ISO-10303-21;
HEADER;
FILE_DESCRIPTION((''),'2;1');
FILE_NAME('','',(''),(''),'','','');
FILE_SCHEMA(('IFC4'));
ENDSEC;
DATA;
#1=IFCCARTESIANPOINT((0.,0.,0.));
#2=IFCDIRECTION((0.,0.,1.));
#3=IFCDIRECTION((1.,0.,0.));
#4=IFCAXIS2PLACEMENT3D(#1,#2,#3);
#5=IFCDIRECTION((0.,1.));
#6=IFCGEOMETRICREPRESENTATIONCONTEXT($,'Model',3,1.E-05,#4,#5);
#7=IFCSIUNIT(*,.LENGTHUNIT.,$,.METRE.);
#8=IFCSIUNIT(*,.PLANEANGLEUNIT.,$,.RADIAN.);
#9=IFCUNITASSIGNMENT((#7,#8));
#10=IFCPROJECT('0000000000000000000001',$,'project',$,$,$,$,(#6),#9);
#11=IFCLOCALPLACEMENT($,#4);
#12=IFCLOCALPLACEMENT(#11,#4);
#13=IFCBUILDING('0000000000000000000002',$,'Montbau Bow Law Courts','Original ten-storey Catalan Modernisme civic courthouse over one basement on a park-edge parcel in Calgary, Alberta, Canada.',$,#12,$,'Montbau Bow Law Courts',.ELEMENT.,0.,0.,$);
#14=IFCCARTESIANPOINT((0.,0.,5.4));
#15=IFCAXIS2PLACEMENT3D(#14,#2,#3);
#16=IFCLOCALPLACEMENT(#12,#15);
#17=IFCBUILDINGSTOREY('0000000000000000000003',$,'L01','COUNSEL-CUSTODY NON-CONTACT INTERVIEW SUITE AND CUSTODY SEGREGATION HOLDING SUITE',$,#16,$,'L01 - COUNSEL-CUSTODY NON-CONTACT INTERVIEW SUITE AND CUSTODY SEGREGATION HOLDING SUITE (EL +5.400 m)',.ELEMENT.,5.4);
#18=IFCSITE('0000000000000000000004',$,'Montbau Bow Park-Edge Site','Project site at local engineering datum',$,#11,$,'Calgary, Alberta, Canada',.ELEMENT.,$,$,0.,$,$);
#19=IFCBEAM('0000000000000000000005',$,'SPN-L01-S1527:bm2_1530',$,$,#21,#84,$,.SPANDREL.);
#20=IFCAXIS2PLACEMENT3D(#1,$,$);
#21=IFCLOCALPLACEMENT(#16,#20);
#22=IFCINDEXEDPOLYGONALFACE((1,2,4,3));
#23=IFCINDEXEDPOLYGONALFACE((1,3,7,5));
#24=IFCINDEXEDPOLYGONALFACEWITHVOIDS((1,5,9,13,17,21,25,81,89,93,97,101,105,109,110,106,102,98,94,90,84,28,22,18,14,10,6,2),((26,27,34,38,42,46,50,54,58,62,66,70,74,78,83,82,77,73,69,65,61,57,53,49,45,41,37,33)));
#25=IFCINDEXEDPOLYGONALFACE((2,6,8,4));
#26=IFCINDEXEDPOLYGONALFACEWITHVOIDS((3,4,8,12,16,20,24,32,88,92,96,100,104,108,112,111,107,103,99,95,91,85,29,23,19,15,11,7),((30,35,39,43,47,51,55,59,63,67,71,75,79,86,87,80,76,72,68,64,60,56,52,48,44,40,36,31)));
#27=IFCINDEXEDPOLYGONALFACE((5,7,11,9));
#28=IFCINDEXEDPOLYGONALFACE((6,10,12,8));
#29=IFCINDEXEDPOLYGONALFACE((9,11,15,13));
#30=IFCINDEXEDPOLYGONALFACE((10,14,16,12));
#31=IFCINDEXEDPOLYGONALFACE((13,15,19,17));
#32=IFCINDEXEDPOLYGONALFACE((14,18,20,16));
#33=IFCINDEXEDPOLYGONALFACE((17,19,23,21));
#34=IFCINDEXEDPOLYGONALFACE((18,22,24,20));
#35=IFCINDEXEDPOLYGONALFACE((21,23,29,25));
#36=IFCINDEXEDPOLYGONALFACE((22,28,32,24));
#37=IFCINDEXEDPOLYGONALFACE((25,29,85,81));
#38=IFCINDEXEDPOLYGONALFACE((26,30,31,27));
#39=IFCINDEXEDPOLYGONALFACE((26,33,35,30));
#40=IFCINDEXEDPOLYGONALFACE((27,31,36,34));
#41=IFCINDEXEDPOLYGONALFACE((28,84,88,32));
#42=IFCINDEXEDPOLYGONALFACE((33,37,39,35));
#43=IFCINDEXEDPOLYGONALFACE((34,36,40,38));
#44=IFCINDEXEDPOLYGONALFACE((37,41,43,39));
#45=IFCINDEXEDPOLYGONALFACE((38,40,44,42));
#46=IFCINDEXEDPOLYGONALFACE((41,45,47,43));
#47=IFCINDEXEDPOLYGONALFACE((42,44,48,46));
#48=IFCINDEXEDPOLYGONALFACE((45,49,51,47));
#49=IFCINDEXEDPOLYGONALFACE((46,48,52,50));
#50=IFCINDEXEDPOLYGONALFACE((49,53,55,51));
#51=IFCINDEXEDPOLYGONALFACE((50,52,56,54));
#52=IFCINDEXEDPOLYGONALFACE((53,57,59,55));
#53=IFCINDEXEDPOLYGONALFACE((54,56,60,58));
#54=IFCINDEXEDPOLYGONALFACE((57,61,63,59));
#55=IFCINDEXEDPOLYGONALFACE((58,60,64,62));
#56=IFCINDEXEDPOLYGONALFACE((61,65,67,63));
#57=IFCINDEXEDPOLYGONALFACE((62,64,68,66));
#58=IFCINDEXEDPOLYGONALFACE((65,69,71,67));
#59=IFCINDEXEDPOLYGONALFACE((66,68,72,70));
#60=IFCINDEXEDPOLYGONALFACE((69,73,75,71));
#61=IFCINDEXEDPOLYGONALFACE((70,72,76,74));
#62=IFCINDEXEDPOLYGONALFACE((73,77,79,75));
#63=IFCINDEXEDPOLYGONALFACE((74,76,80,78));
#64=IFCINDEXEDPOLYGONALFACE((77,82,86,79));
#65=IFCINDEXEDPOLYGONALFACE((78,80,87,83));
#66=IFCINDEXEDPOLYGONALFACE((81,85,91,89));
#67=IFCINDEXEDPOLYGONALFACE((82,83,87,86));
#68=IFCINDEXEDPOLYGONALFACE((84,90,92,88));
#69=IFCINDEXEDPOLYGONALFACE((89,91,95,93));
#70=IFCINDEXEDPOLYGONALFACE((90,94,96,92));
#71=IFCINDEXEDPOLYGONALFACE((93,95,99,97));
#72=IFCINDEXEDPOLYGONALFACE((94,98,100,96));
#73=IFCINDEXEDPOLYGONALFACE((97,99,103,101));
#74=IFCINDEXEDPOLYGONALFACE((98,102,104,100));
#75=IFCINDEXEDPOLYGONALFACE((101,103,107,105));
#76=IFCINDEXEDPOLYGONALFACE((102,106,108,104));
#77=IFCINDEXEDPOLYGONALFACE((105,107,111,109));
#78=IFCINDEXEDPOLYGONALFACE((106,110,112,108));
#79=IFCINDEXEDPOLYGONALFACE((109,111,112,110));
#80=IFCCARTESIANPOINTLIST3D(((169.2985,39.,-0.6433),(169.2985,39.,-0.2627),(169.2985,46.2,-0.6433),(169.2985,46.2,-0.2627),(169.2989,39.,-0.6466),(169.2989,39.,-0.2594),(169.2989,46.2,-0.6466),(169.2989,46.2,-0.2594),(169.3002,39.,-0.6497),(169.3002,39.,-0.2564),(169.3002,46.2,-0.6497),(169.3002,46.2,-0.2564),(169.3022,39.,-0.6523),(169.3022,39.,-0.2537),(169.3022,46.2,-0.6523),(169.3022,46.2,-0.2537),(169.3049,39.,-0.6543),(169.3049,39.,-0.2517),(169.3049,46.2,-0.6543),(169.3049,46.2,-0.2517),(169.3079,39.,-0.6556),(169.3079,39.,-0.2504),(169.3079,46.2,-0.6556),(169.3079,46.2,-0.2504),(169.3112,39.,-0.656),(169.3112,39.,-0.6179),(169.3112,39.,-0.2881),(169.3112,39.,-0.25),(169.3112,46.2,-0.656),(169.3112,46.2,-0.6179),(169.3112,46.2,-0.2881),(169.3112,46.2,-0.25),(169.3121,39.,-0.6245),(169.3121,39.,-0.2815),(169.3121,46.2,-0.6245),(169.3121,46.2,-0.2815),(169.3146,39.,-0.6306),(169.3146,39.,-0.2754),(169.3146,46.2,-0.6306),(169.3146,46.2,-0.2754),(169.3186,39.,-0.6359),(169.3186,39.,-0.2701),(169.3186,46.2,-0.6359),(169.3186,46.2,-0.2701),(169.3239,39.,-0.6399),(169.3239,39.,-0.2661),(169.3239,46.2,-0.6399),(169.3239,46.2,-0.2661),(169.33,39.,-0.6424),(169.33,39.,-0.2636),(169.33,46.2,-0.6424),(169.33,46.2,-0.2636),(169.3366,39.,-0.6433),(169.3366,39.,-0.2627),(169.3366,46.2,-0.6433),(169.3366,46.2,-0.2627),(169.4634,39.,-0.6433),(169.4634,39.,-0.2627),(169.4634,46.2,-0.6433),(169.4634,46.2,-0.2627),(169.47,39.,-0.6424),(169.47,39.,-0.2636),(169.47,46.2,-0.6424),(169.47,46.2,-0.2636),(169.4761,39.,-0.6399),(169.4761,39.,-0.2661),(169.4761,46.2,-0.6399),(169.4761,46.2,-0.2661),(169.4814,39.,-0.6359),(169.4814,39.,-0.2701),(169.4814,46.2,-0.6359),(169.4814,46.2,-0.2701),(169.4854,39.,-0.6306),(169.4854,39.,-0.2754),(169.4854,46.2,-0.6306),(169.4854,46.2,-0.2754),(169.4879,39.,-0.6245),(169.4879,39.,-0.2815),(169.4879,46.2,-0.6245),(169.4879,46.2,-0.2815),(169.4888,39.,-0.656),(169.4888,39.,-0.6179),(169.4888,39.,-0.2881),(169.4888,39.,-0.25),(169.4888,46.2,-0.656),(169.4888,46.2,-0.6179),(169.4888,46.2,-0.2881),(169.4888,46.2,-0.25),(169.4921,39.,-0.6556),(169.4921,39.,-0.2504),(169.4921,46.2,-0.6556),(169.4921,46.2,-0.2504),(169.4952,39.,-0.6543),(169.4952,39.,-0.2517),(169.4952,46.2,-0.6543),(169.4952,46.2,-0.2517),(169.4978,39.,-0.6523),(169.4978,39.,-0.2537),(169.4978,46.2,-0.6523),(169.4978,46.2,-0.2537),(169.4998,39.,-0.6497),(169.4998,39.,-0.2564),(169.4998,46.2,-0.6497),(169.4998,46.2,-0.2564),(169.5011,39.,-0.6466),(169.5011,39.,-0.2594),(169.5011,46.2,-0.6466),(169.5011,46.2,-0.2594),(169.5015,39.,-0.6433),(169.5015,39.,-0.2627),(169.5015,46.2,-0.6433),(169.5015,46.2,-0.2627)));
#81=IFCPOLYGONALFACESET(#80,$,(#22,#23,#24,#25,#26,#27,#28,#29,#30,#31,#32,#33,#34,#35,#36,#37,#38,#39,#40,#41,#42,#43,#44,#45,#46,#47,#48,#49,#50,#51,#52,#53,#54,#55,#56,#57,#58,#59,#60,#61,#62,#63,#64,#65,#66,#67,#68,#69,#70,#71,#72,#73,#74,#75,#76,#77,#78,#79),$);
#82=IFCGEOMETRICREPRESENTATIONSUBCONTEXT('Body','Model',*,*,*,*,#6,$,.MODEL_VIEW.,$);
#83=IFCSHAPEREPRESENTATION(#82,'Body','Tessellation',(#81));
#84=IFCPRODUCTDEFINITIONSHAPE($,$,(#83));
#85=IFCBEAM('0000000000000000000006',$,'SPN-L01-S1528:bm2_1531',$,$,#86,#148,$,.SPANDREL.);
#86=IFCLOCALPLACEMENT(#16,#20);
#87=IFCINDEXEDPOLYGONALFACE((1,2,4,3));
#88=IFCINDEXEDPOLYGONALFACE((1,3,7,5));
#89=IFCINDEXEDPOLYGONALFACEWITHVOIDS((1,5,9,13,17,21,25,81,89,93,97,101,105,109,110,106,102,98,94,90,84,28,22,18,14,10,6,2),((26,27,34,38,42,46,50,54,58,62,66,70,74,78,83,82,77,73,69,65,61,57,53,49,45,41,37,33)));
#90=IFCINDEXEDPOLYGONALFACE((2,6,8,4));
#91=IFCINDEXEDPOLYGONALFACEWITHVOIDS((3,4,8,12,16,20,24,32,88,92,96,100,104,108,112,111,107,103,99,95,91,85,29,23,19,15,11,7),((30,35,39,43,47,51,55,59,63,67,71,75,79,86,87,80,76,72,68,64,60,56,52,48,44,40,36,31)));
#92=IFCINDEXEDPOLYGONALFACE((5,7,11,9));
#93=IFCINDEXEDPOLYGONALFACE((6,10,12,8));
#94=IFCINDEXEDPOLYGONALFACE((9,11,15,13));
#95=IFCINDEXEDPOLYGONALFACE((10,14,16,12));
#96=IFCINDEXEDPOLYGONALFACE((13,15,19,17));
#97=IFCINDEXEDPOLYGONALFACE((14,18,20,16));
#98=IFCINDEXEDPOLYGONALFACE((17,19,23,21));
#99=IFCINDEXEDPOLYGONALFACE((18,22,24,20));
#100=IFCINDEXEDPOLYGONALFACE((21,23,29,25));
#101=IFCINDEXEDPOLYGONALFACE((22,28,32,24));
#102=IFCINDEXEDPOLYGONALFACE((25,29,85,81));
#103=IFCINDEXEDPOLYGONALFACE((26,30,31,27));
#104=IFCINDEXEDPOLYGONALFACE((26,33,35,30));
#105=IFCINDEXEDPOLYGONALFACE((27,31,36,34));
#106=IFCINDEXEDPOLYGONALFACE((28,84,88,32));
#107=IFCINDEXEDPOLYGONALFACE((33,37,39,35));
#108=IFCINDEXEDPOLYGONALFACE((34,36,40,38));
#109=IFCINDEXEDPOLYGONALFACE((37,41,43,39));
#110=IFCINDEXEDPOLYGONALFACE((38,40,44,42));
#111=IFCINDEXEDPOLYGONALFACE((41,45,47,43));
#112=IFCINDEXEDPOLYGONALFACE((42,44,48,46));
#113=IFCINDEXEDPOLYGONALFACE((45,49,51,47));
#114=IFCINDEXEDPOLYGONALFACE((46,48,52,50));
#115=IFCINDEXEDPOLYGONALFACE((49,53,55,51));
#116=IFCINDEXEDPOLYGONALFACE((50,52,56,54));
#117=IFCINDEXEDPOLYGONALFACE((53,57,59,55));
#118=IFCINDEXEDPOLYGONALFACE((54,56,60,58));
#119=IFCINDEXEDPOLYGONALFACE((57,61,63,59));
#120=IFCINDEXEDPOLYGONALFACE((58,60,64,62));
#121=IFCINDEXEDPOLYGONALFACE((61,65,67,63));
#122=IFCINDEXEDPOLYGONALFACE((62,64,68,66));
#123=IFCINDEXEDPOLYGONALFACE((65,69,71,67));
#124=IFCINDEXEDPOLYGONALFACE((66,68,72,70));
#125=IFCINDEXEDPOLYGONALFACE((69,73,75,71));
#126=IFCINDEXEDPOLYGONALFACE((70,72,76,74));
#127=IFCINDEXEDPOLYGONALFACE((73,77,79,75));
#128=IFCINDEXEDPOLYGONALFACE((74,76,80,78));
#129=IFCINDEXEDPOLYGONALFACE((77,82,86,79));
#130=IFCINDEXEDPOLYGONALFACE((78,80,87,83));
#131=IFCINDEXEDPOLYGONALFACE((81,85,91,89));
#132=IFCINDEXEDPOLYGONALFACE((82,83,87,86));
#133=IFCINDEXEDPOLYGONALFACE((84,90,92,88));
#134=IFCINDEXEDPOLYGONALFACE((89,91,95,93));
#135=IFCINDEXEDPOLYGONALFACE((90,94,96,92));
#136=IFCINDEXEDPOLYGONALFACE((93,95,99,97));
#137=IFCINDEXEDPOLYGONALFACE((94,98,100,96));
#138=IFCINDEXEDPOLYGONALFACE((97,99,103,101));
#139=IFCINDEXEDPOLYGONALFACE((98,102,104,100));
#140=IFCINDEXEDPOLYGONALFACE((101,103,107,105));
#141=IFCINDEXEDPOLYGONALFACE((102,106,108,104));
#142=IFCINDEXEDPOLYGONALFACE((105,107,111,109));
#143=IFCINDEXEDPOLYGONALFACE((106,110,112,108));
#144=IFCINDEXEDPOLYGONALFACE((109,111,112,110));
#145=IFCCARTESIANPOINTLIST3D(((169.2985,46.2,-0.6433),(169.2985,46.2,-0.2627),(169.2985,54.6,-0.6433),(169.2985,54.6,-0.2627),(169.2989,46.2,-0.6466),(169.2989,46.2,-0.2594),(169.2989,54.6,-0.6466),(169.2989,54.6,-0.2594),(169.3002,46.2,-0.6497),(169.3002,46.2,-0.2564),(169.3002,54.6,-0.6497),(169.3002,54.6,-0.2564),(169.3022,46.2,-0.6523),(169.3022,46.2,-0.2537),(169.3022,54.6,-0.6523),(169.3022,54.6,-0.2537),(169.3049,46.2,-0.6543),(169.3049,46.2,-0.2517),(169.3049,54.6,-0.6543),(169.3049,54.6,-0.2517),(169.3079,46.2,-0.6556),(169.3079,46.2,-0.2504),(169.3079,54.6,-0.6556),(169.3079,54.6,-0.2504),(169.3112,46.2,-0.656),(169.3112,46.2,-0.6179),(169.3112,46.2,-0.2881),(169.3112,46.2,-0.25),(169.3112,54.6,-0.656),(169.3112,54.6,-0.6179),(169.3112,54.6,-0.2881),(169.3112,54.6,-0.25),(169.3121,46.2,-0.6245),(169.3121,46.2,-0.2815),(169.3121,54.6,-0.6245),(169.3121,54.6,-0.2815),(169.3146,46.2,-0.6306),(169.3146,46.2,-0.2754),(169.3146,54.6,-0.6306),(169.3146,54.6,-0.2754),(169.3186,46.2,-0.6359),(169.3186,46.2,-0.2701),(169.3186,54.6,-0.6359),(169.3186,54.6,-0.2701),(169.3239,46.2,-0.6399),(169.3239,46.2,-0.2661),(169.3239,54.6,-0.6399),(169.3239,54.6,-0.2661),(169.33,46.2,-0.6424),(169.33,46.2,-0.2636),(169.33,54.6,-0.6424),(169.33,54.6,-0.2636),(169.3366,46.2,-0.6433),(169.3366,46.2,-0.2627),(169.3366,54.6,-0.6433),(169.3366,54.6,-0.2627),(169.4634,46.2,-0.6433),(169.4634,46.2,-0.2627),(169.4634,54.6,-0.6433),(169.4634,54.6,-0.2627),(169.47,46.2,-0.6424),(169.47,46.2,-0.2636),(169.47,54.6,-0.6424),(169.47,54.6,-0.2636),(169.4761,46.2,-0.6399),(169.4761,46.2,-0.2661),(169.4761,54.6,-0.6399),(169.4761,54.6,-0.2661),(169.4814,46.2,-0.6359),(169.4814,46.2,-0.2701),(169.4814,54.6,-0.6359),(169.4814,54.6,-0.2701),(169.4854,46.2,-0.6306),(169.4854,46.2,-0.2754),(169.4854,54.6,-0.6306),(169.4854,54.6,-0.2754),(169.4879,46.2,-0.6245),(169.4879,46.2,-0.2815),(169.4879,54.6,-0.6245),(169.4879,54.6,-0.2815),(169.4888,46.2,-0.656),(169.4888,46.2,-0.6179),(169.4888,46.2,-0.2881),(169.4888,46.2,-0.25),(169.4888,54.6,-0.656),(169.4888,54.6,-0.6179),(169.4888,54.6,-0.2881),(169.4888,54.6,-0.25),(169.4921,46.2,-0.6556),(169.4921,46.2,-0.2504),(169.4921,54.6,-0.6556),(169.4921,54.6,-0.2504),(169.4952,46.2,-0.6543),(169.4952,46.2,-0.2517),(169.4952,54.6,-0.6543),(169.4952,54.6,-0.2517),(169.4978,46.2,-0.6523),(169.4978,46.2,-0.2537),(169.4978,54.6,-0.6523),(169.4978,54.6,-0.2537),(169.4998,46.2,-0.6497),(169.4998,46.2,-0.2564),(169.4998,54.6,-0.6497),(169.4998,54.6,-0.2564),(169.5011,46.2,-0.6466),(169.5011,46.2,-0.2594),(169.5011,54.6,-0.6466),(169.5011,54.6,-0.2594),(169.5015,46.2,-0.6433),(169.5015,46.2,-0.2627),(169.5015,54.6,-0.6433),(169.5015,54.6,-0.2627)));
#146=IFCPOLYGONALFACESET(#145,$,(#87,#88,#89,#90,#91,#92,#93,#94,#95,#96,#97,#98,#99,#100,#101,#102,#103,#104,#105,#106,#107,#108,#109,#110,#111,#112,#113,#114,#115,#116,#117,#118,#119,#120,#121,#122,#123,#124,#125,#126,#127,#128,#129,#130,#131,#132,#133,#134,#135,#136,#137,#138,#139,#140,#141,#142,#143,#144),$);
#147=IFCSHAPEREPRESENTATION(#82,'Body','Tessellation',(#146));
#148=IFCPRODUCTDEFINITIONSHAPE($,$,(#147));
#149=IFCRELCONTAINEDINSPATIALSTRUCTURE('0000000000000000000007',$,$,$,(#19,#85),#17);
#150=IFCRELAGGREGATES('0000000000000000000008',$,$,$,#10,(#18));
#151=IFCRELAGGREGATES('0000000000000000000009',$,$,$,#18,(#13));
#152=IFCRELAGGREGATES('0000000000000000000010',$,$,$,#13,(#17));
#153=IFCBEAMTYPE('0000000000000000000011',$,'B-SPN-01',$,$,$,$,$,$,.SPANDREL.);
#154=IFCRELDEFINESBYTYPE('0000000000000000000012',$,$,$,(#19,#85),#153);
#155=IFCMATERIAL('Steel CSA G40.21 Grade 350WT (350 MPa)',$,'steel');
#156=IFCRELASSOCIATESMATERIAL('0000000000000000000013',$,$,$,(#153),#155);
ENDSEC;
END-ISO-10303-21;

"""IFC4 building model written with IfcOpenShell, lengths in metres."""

from ifc_helpers import new_model, si_unit, direction, frame, origin_with_axes, origin_2d_with_axis, place, context, subcontext, project, spatial, hollow_rectangle, extrude, material, material_profile, profile_set, type_object, element, save


model = new_model("IFC4")

# Units and contexts
model_context = context("Model", 3, precision=1e-05, world=origin_with_axes(), true_north=direction((0.0, 1.0)))
body_context = subcontext(model_context, "Body", "Model", "MODEL_VIEW")
ifc_project = project(units=[si_unit("LENGTHUNIT", "METRE"), si_unit("PLANEANGLEUNIT", "RADIAN")], contexts=[model_context])

# Site, building, storey
site_placement = place(None, origin_with_axes())
site = spatial("IfcSite", under=ifc_project, at=site_placement, Name="Montbau Bow Park-Edge Site", Description="Project site at local engineering datum", LongName="Calgary, Alberta, Canada", CompositionType="ELEMENT", RefElevation=0.0)
building_placement = place(site_placement, origin_with_axes())
building = spatial("IfcBuilding", under=site, at=building_placement, Name="Montbau Bow Law Courts", Description="Original ten-storey Catalan Modernisme civic courthouse over one basement on a park-edge parcel in Calgary, Alberta, Canada.", LongName="Montbau Bow Law Courts", CompositionType="ELEMENT", ElevationOfRefHeight=0.0, ElevationOfTerrain=0.0)
storey_placement = place(building_placement, frame((0.0, 0.0, 5.4), z_axis=(0.0, 0.0, 1.0), x_axis=(1.0, 0.0, 0.0)))
storey = spatial("IfcBuildingStorey", under=building, at=storey_placement, Name="L01", Description="COUNSEL-CUSTODY NON-CONTACT INTERVIEW SUITE AND CUSTODY SEGREGATION HOLDING SUITE", LongName="L01 - COUNSEL-CUSTODY NON-CONTACT INTERVIEW SUITE AND CUSTODY SEGREGATION HOLDING SUITE (EL +5.400 m)", CompositionType="ELEMENT", Elevation=5.4)

# Shared definitions
ifc_material_1 = material(Name="Steel CSA G40.21 Grade 350WT (350 MPa)", Category="steel")

# Beams
ifc_material_profile_1 = material_profile(ifc_material_1, hollow_rectangle(XDim=0.203, YDim=0.406, WallThickness=0.0127, InnerFilletRadius=0.0254, OuterFilletRadius=0.0127, at=origin_2d_with_axis()), Name="HSS406X203X13", Category="Main", Priority=0)
ifc_profile_set_1 = profile_set([ifc_material_profile_1], Name="Steel CSA G40.21 Grade 350WT (350 MPa)")
beam_type_1 = type_object("IfcBeamType", Name="B-SPN-01", PredefinedType="SPANDREL", material=ifc_profile_set_1)
beam_1_placement = place(None, frame((169.4, 39.0, 4.947), z_axis=(0.0, 1.0, 0.0), x_axis=(-1.0, 0.0, 0.0)))
element("IfcBeam", 1, at=beam_1_placement, inside=storey, type_object=beam_type_1, Name="SPN-L01-S1527:bm2_1530", PredefinedType="SPANDREL", context=body_context, shape_type="SweptSolid", body=[
    extrude(hollow_rectangle(XDim=0.203, YDim=0.406, WallThickness=0.0127, InnerFilletRadius=0.0254, OuterFilletRadius=0.0127, at=origin_2d_with_axis()), origin_with_axes(), (0.0, 0.0, 1.0), 7.2),
])
beam_2_placement = place(None, frame((169.4, 46.2, 4.947), z_axis=(0.0, 1.0, 0.0), x_axis=(-1.0, 0.0, 0.0)))
element("IfcBeam", 2, at=beam_2_placement, inside=storey, type_object=beam_type_1, Name="SPN-L01-S1528:bm2_1531", PredefinedType="SPANDREL", context=body_context, shape_type="SweptSolid", body=[
    extrude(hollow_rectangle(XDim=0.203, YDim=0.406, WallThickness=0.0127, InnerFilletRadius=0.0254, OuterFilletRadius=0.0127, at=origin_2d_with_axis()), origin_with_axes(), (0.0, 0.0, 1.0), 8.4),
])

save(model, "model.ifc")
